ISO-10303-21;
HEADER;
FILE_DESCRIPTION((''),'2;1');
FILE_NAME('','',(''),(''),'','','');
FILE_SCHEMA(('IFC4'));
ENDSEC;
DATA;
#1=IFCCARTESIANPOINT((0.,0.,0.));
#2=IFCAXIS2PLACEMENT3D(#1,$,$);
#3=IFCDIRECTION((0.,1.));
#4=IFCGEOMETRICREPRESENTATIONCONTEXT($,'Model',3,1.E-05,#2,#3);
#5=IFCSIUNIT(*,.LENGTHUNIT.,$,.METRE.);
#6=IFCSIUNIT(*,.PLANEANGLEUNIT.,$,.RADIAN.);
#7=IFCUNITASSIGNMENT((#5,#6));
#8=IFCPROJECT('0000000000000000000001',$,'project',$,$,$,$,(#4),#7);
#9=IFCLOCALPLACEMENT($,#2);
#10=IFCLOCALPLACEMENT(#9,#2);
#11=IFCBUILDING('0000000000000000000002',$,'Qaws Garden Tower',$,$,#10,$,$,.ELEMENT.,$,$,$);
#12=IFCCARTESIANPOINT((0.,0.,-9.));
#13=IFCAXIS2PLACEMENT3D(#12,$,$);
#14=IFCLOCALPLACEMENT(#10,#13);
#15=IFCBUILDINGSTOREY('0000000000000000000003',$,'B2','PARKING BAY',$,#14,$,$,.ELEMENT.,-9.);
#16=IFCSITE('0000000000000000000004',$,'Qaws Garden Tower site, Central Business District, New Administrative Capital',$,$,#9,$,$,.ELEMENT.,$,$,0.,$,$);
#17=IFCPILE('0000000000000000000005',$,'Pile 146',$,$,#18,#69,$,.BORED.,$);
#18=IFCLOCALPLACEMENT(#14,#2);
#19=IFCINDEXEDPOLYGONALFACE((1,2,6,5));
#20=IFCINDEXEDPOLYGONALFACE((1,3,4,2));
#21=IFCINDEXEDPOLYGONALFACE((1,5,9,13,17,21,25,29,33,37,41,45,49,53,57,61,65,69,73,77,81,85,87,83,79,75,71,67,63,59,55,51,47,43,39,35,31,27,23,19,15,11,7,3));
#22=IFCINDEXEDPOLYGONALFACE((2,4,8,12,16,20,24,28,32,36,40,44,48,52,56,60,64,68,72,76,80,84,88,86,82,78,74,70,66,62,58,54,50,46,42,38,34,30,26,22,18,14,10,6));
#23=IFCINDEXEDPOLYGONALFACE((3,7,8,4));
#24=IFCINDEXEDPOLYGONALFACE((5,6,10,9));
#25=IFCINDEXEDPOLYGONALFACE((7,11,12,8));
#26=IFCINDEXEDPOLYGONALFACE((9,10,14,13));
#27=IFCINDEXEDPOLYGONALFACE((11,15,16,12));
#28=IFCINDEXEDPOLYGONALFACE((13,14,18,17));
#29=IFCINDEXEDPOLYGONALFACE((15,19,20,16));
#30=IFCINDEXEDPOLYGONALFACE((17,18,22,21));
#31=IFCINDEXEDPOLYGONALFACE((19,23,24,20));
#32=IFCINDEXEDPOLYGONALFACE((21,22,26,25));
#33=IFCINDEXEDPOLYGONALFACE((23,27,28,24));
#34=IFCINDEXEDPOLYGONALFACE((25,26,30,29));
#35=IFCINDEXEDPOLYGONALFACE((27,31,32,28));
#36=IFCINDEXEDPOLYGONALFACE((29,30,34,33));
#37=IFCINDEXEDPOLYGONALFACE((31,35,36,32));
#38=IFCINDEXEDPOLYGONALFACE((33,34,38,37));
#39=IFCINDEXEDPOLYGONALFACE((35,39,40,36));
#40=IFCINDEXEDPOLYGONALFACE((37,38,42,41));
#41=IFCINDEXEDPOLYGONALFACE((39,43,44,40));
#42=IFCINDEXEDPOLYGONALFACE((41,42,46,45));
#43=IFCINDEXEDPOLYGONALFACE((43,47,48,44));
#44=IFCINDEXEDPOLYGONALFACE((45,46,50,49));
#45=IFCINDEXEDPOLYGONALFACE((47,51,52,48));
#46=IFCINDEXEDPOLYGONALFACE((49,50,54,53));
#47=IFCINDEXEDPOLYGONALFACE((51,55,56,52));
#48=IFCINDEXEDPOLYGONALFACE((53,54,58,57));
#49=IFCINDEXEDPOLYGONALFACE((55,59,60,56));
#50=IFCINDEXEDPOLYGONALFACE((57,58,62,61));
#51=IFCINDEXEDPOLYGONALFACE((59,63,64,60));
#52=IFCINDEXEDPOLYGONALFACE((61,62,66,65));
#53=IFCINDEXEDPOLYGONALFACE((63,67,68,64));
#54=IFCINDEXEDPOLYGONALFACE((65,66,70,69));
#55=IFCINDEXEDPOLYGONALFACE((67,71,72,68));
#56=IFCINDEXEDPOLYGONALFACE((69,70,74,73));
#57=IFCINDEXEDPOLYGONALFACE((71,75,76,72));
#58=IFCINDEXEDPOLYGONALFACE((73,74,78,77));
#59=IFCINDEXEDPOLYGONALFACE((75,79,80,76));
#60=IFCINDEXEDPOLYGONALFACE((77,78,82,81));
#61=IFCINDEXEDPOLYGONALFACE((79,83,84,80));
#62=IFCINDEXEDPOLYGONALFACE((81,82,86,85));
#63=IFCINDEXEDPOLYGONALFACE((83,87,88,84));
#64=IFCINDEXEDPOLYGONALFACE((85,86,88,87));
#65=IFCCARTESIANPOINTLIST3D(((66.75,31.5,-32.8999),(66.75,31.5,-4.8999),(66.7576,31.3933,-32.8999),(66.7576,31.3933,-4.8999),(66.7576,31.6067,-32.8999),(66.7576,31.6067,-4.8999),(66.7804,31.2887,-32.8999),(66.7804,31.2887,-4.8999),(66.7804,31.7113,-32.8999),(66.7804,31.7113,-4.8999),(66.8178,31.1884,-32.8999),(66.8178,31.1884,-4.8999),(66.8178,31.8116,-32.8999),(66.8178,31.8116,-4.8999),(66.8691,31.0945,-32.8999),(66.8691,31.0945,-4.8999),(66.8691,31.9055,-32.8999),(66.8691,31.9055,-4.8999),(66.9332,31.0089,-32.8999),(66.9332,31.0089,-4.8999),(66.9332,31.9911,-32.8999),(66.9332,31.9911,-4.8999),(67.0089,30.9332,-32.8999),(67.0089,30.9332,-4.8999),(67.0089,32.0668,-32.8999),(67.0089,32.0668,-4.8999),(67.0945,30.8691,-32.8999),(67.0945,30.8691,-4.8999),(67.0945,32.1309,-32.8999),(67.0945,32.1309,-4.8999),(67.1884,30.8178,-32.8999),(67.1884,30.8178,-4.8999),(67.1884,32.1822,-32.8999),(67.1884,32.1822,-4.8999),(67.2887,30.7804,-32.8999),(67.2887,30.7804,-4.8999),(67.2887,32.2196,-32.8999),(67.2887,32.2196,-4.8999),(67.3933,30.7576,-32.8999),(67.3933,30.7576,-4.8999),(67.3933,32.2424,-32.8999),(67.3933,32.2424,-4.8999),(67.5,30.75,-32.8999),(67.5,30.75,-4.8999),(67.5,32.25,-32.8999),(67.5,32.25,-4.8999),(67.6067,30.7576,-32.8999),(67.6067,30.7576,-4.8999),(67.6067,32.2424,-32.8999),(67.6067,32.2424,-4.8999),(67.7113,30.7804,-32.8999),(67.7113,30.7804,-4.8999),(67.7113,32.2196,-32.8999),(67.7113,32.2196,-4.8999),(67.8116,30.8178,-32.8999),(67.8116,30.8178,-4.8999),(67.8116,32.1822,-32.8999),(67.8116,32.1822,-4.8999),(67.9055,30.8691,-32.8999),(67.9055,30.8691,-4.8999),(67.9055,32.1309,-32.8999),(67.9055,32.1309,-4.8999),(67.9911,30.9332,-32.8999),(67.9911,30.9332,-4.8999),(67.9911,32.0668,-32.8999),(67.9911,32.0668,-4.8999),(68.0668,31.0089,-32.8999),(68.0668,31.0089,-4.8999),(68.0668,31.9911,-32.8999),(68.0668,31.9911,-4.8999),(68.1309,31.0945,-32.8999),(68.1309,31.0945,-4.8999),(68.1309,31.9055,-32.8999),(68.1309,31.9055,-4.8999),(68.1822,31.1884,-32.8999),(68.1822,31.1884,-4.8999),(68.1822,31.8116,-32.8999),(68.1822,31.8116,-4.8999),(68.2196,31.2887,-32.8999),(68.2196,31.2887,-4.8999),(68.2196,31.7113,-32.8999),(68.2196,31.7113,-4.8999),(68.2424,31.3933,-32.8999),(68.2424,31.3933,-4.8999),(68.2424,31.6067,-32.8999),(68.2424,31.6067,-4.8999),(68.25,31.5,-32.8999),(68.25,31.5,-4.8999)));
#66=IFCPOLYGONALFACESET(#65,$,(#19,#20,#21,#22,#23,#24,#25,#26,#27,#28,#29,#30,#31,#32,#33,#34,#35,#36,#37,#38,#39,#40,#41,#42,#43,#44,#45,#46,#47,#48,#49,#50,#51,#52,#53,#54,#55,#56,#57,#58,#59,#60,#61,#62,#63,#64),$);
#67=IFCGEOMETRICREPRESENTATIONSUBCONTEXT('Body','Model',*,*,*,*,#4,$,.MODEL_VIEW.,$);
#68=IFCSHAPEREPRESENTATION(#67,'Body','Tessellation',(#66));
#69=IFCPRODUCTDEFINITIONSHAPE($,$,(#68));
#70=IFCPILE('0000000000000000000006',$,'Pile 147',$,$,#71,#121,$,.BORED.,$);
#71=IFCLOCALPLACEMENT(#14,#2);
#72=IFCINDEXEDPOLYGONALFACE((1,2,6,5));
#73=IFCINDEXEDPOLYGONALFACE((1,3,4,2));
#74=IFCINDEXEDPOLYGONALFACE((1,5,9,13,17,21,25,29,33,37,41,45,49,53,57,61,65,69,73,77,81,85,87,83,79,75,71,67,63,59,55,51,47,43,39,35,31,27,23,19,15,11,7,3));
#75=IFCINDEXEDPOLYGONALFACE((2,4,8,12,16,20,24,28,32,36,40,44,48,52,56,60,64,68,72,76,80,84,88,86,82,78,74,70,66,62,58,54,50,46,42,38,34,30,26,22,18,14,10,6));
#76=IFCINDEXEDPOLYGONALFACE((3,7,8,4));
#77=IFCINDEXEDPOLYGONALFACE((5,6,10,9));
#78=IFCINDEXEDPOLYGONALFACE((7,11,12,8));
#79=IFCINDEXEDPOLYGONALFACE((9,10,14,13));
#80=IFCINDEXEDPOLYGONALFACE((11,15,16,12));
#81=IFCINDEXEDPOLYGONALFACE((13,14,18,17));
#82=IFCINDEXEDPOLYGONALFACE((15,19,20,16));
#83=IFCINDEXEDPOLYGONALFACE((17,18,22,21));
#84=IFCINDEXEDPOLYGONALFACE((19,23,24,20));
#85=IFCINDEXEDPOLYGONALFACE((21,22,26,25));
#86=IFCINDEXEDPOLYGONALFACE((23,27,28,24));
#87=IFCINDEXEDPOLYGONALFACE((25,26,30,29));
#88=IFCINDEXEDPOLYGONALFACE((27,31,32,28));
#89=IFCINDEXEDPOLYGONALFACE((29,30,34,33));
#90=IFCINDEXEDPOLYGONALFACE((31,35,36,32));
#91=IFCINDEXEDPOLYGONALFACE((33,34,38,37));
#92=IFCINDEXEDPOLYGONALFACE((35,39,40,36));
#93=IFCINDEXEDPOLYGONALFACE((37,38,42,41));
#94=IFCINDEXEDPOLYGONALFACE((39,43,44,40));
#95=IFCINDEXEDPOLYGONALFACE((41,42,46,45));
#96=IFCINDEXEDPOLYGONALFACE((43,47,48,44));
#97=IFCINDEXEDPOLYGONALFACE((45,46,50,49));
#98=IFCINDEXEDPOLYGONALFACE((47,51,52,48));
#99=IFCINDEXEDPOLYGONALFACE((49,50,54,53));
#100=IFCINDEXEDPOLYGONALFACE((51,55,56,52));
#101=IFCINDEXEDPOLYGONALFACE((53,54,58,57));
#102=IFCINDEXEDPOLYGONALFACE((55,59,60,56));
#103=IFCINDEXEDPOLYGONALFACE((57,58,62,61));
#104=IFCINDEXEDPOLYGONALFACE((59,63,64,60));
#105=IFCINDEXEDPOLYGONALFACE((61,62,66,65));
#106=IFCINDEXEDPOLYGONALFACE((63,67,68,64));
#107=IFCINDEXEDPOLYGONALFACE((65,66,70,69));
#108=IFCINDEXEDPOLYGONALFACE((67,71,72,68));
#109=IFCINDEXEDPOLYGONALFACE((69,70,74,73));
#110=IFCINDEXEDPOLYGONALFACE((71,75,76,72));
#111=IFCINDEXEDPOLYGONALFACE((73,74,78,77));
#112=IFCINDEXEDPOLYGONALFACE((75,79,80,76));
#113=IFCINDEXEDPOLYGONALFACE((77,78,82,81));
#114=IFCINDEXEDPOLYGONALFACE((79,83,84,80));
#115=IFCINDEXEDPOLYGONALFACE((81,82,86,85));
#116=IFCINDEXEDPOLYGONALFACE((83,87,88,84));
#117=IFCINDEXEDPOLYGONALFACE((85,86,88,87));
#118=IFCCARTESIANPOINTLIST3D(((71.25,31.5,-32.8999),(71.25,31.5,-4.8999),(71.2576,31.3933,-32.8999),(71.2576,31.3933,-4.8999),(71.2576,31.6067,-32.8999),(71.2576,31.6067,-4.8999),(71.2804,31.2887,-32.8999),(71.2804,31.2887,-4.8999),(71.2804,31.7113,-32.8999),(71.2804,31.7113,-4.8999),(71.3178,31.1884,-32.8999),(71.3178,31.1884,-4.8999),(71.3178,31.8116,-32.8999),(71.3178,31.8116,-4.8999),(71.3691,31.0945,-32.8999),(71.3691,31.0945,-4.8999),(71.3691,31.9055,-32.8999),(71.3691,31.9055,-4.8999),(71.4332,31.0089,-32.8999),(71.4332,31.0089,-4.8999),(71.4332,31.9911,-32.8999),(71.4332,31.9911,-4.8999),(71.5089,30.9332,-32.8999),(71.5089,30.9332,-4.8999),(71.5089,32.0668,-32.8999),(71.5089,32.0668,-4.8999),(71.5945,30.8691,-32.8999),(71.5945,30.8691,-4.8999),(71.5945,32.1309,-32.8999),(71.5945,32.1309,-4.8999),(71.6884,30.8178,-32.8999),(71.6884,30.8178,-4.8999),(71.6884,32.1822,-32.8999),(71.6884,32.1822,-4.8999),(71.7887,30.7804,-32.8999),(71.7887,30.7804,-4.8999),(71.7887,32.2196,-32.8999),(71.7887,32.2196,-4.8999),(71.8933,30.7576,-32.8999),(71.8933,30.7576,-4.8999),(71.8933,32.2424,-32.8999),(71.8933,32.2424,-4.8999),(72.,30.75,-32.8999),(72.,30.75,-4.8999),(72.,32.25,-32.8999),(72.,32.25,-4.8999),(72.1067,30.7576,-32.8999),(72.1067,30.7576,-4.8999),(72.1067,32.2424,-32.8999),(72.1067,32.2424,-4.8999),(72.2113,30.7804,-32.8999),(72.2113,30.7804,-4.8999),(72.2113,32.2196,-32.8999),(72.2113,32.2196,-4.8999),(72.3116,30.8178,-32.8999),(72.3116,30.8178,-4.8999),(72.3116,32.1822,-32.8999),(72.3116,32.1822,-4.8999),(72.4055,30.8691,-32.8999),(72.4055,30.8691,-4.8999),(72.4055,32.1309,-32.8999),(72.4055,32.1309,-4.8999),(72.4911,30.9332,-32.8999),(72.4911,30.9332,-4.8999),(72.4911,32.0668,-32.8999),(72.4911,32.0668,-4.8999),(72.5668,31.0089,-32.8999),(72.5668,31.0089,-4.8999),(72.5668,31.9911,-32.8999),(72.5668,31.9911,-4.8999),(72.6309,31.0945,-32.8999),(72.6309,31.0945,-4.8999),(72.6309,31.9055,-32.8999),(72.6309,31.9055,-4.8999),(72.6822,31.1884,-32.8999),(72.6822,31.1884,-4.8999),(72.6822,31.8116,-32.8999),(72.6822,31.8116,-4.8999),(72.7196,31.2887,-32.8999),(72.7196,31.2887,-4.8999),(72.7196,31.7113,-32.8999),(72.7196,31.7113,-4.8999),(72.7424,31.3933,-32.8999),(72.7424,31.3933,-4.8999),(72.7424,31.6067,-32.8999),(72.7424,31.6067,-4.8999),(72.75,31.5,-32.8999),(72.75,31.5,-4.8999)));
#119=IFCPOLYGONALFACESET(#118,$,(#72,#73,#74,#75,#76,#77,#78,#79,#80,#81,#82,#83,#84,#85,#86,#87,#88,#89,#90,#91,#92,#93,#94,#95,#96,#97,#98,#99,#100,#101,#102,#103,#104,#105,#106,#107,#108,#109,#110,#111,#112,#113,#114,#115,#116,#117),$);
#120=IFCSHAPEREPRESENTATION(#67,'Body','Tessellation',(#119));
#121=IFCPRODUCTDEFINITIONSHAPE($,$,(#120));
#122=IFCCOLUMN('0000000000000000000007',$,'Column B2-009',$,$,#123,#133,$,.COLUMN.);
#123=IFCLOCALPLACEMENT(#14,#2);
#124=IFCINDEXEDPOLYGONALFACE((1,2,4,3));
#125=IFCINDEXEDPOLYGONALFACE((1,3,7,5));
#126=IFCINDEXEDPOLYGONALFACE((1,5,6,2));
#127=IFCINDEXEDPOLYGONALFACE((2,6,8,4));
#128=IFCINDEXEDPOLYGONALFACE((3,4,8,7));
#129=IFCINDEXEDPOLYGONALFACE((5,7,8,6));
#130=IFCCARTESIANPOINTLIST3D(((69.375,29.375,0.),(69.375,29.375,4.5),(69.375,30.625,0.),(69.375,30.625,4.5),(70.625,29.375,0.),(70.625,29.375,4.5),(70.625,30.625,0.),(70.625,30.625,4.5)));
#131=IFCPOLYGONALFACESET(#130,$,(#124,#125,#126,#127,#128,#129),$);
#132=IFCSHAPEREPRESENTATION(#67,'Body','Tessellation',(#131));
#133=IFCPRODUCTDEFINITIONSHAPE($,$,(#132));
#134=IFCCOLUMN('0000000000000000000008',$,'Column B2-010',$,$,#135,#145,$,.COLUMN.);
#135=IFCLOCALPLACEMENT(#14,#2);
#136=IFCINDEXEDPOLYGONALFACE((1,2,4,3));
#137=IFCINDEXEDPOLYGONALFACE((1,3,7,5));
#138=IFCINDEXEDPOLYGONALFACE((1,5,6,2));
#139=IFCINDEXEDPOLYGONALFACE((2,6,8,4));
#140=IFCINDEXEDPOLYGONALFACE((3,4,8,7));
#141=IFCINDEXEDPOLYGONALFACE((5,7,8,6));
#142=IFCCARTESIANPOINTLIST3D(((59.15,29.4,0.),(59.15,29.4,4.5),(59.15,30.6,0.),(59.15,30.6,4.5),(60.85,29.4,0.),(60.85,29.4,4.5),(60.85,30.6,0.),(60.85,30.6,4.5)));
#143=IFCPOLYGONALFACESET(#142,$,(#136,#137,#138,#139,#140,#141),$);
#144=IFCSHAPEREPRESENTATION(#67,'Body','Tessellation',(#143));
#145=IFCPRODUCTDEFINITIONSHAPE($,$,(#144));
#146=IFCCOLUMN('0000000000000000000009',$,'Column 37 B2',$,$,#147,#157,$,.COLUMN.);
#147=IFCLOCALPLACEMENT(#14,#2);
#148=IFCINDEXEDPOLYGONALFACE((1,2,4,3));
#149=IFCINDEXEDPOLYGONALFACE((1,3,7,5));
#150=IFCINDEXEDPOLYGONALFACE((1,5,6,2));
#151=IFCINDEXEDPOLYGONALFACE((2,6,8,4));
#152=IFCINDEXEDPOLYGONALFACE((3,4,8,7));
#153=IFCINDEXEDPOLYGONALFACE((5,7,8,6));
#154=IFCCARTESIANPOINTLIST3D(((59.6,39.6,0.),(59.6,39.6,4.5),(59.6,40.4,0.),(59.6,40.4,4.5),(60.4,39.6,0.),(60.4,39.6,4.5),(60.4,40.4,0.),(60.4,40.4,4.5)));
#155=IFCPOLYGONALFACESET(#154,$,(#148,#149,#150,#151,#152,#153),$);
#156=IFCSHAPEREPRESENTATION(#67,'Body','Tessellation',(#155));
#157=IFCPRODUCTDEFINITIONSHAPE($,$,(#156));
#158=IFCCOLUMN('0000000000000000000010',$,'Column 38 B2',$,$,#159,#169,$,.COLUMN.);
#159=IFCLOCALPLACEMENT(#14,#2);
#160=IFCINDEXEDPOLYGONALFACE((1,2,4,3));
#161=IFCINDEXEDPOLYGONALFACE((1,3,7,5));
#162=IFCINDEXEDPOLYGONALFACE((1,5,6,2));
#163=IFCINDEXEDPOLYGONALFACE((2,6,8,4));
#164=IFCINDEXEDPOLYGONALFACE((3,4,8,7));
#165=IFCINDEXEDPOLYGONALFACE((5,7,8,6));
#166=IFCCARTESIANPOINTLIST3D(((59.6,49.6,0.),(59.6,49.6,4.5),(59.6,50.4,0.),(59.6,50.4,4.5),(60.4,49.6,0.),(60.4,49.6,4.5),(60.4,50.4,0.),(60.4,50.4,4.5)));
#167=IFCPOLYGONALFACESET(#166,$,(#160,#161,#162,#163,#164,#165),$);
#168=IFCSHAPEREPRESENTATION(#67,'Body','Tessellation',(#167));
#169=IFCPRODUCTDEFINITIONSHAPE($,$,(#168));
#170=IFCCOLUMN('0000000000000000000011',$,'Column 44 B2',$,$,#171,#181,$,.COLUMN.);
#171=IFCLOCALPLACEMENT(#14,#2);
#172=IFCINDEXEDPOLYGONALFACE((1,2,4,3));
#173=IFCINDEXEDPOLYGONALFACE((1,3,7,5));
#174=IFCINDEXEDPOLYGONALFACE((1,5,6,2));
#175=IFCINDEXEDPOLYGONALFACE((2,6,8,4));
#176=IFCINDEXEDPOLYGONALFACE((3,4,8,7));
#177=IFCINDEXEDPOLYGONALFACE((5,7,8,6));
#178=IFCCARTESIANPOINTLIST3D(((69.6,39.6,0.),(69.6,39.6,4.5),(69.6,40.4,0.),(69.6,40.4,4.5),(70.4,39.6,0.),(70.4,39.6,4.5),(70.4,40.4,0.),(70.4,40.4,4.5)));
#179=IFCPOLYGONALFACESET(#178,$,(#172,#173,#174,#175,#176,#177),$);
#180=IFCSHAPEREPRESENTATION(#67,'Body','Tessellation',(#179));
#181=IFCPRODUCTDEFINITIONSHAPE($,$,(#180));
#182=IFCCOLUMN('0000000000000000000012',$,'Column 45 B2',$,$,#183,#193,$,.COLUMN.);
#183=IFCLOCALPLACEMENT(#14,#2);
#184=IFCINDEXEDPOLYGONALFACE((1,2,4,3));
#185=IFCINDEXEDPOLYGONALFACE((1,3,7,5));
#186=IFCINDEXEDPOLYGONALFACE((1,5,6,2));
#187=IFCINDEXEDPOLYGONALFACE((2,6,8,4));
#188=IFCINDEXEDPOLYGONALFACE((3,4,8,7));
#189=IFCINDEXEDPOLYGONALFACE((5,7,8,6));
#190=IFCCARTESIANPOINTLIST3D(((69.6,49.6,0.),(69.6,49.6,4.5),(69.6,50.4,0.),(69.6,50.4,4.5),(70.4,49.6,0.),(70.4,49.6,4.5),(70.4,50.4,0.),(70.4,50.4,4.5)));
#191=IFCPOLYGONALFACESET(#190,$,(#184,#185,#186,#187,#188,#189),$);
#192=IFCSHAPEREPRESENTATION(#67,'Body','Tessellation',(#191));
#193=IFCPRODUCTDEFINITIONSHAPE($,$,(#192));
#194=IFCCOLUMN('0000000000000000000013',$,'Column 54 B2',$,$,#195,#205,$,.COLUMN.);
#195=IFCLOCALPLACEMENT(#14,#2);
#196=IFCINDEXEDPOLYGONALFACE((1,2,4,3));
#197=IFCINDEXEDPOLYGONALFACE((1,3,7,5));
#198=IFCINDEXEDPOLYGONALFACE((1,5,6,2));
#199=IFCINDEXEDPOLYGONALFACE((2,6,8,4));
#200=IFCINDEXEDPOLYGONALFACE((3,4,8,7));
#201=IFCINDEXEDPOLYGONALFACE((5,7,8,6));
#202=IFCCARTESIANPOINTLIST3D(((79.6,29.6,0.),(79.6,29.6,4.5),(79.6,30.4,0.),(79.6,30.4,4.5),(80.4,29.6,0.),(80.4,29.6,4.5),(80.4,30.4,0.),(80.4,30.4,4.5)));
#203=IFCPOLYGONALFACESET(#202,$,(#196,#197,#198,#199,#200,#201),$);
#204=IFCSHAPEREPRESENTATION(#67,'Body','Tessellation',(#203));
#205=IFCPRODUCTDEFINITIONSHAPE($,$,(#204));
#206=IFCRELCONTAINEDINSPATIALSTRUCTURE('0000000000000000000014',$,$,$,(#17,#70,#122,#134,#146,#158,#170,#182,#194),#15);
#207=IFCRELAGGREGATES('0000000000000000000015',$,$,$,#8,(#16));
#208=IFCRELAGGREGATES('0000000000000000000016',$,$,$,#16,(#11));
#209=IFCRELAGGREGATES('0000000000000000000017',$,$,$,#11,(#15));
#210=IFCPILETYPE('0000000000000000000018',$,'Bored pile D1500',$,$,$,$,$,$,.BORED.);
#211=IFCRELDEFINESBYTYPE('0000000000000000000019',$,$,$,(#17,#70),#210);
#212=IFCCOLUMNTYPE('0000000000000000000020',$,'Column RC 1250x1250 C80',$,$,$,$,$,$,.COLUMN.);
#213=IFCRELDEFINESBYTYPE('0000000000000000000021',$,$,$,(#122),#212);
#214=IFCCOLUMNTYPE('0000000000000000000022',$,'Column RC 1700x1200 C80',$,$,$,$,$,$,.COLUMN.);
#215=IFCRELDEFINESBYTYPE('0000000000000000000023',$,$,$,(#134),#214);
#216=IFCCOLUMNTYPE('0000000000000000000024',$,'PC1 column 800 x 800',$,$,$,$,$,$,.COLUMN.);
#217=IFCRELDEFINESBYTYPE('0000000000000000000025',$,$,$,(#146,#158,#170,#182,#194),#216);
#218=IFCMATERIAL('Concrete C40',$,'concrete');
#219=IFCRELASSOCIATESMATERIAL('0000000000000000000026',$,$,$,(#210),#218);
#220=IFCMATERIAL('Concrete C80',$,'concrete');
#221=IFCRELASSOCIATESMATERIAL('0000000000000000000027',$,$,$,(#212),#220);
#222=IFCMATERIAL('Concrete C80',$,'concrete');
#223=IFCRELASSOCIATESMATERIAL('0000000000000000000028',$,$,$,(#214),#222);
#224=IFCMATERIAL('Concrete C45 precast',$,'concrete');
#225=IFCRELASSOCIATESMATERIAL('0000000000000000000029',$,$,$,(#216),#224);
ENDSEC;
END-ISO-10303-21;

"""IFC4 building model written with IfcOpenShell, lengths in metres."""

from ifc_helpers import new_model, si_unit, direction, frame, origin, origin_2d, place, context, subcontext, project, spatial, rectangle, circle, extrude, material, material_profile, profile_set, type_object, element, save


model = new_model("IFC4")

# Units and contexts
model_context = context("Model", 3, precision=1e-05, world=origin(), true_north=direction((0.0, 1.0)))
body_context = subcontext(model_context, "Body", "Model", "MODEL_VIEW")
ifc_project = project(units=[si_unit("LENGTHUNIT", "METRE"), si_unit("PLANEANGLEUNIT", "RADIAN")], contexts=[model_context])

# Site, building, storey
site_placement = place(None, origin())
site = spatial("IfcSite", under=ifc_project, at=site_placement, Name="Qaws Garden Tower site, Central Business District, New Administrative Capital", CompositionType="ELEMENT", RefElevation=0.0)
building_placement = place(site_placement, origin())
building = spatial("IfcBuilding", under=site, at=building_placement, Name="Qaws Garden Tower", CompositionType="ELEMENT")
storey_placement = place(building_placement, frame((0.0, 0.0, -9.0)))
storey = spatial("IfcBuildingStorey", under=building, at=storey_placement, Name="B2", Description="PARKING BAY", CompositionType="ELEMENT", Elevation=-9.0)

# Piles
ifc_material_1 = material(Name="Concrete C40", Category="concrete")
ifc_material_profile_1 = material_profile(ifc_material_1, circle(Radius=0.75, at=origin_2d()), Name="Bored pile D1500")
ifc_profile_set_1 = profile_set([ifc_material_profile_1], Name="Concrete C40")
pile_type = type_object("IfcPileType", Name="Bored pile D1500", PredefinedType="BORED", material=ifc_profile_set_1)
for number, where, z_axis, x_axis, name in (
    (1, (67.5, 31.5, -4.8999), (0.0, 0.0, -1.0), (1.0, 0.0, 0.0), "Pile 146"),
    (2, (72.0, 31.5, -4.8999), (0.0, 0.0, -1.0), (1.0, 0.0, 0.0), "Pile 147"),
):
    element("IfcPile", number, at=place(storey_placement, frame(where, z_axis=z_axis, x_axis=x_axis)), inside=storey, type_object=pile_type, Name=name, PredefinedType="BORED", context=body_context, shape_type="SweptSolid", body=[
        extrude(circle(Radius=0.75, at=origin_2d()), origin(), (0.0, 0.0, 1.0), 28.0),
    ])

# Columns
ifc_material_2 = material(Name="Concrete C80", Category="concrete")
ifc_material_profile_2 = material_profile(ifc_material_2, rectangle(XDim=1.25, YDim=1.25, at=origin_2d()), Name="RC 1250x1250")
ifc_profile_set_2 = profile_set([ifc_material_profile_2], Name="Concrete C80")
column_type_1 = type_object("IfcColumnType", Name="Column RC 1250x1250 C80", PredefinedType="COLUMN", material=ifc_profile_set_2)
column_1_placement = place(storey_placement, frame((70.0, 30.0, 0.0), z_axis=(0.0, 0.0, 1.0), x_axis=(1.0, 0.0, 0.0)))
element("IfcColumn", 3, at=column_1_placement, inside=storey, type_object=column_type_1, Name="Column B2-009", PredefinedType="COLUMN", context=body_context, shape_type="SweptSolid", body=[
    extrude(rectangle(XDim=1.25, YDim=1.25, at=origin_2d()), origin(), (0.0, 0.0, 1.0), 4.5),
])
ifc_material_3 = material(Name="Concrete C80", Category="concrete")
ifc_material_profile_3 = material_profile(ifc_material_3, rectangle(XDim=1.7, YDim=1.2, at=origin_2d()), Name="RC 1700x1200")
ifc_profile_set_3 = profile_set([ifc_material_profile_3], Name="Concrete C80")
column_type_2 = type_object("IfcColumnType", Name="Column RC 1700x1200 C80", PredefinedType="COLUMN", material=ifc_profile_set_3)
column_2_placement = place(storey_placement, frame((60.0, 30.0, 0.0), z_axis=(0.0, 0.0, 1.0), x_axis=(1.0, 0.0, 0.0)))
element("IfcColumn", 4, at=column_2_placement, inside=storey, type_object=column_type_2, Name="Column B2-010", PredefinedType="COLUMN", context=body_context, shape_type="SweptSolid", body=[
    extrude(rectangle(XDim=1.7, YDim=1.2, at=origin_2d()), origin(), (0.0, 0.0, 1.0), 4.5),
])
ifc_material_4 = material(Name="Concrete C45 precast", Category="concrete")
ifc_material_profile_4 = material_profile(ifc_material_4, rectangle(XDim=0.8, YDim=0.8, at=origin_2d()), Name="PC1 column 800 x 800")
ifc_profile_set_4 = profile_set([ifc_material_profile_4], Name="Concrete C45 precast")
column_type_3 = type_object("IfcColumnType", Name="PC1 column 800 x 800", PredefinedType="COLUMN", material=ifc_profile_set_4)
for number, where, z_axis, x_axis, name in (
    (5, (60.0, 40.0, 0.0), (0.0, 0.0, 1.0), (1.0, 0.0, 0.0), "Column 37 B2"),
    (6, (60.0, 50.0, 0.0), (0.0, 0.0, 1.0), (1.0, 0.0, 0.0), "Column 38 B2"),
    (7, (70.0, 40.0, 0.0), (0.0, 0.0, 1.0), (1.0, 0.0, 0.0), "Column 44 B2"),
    (8, (70.0, 50.0, 0.0), (0.0, 0.0, 1.0), (1.0, 0.0, 0.0), "Column 45 B2"),
    (9, (80.0, 30.0, 0.0), (0.0, 0.0, 1.0), (1.0, 0.0, 0.0), "Column 54 B2"),
):
    element("IfcColumn", number, at=place(storey_placement, frame(where, z_axis=z_axis, x_axis=x_axis)), inside=storey, type_object=column_type_3, Name=name, PredefinedType="COLUMN", context=body_context, shape_type="SweptSolid", body=[
        extrude(rectangle(XDim=0.8, YDim=0.8, at=origin_2d()), origin(), (0.0, 0.0, 1.0), 4.5),
    ])

save(model, "model.ifc")
